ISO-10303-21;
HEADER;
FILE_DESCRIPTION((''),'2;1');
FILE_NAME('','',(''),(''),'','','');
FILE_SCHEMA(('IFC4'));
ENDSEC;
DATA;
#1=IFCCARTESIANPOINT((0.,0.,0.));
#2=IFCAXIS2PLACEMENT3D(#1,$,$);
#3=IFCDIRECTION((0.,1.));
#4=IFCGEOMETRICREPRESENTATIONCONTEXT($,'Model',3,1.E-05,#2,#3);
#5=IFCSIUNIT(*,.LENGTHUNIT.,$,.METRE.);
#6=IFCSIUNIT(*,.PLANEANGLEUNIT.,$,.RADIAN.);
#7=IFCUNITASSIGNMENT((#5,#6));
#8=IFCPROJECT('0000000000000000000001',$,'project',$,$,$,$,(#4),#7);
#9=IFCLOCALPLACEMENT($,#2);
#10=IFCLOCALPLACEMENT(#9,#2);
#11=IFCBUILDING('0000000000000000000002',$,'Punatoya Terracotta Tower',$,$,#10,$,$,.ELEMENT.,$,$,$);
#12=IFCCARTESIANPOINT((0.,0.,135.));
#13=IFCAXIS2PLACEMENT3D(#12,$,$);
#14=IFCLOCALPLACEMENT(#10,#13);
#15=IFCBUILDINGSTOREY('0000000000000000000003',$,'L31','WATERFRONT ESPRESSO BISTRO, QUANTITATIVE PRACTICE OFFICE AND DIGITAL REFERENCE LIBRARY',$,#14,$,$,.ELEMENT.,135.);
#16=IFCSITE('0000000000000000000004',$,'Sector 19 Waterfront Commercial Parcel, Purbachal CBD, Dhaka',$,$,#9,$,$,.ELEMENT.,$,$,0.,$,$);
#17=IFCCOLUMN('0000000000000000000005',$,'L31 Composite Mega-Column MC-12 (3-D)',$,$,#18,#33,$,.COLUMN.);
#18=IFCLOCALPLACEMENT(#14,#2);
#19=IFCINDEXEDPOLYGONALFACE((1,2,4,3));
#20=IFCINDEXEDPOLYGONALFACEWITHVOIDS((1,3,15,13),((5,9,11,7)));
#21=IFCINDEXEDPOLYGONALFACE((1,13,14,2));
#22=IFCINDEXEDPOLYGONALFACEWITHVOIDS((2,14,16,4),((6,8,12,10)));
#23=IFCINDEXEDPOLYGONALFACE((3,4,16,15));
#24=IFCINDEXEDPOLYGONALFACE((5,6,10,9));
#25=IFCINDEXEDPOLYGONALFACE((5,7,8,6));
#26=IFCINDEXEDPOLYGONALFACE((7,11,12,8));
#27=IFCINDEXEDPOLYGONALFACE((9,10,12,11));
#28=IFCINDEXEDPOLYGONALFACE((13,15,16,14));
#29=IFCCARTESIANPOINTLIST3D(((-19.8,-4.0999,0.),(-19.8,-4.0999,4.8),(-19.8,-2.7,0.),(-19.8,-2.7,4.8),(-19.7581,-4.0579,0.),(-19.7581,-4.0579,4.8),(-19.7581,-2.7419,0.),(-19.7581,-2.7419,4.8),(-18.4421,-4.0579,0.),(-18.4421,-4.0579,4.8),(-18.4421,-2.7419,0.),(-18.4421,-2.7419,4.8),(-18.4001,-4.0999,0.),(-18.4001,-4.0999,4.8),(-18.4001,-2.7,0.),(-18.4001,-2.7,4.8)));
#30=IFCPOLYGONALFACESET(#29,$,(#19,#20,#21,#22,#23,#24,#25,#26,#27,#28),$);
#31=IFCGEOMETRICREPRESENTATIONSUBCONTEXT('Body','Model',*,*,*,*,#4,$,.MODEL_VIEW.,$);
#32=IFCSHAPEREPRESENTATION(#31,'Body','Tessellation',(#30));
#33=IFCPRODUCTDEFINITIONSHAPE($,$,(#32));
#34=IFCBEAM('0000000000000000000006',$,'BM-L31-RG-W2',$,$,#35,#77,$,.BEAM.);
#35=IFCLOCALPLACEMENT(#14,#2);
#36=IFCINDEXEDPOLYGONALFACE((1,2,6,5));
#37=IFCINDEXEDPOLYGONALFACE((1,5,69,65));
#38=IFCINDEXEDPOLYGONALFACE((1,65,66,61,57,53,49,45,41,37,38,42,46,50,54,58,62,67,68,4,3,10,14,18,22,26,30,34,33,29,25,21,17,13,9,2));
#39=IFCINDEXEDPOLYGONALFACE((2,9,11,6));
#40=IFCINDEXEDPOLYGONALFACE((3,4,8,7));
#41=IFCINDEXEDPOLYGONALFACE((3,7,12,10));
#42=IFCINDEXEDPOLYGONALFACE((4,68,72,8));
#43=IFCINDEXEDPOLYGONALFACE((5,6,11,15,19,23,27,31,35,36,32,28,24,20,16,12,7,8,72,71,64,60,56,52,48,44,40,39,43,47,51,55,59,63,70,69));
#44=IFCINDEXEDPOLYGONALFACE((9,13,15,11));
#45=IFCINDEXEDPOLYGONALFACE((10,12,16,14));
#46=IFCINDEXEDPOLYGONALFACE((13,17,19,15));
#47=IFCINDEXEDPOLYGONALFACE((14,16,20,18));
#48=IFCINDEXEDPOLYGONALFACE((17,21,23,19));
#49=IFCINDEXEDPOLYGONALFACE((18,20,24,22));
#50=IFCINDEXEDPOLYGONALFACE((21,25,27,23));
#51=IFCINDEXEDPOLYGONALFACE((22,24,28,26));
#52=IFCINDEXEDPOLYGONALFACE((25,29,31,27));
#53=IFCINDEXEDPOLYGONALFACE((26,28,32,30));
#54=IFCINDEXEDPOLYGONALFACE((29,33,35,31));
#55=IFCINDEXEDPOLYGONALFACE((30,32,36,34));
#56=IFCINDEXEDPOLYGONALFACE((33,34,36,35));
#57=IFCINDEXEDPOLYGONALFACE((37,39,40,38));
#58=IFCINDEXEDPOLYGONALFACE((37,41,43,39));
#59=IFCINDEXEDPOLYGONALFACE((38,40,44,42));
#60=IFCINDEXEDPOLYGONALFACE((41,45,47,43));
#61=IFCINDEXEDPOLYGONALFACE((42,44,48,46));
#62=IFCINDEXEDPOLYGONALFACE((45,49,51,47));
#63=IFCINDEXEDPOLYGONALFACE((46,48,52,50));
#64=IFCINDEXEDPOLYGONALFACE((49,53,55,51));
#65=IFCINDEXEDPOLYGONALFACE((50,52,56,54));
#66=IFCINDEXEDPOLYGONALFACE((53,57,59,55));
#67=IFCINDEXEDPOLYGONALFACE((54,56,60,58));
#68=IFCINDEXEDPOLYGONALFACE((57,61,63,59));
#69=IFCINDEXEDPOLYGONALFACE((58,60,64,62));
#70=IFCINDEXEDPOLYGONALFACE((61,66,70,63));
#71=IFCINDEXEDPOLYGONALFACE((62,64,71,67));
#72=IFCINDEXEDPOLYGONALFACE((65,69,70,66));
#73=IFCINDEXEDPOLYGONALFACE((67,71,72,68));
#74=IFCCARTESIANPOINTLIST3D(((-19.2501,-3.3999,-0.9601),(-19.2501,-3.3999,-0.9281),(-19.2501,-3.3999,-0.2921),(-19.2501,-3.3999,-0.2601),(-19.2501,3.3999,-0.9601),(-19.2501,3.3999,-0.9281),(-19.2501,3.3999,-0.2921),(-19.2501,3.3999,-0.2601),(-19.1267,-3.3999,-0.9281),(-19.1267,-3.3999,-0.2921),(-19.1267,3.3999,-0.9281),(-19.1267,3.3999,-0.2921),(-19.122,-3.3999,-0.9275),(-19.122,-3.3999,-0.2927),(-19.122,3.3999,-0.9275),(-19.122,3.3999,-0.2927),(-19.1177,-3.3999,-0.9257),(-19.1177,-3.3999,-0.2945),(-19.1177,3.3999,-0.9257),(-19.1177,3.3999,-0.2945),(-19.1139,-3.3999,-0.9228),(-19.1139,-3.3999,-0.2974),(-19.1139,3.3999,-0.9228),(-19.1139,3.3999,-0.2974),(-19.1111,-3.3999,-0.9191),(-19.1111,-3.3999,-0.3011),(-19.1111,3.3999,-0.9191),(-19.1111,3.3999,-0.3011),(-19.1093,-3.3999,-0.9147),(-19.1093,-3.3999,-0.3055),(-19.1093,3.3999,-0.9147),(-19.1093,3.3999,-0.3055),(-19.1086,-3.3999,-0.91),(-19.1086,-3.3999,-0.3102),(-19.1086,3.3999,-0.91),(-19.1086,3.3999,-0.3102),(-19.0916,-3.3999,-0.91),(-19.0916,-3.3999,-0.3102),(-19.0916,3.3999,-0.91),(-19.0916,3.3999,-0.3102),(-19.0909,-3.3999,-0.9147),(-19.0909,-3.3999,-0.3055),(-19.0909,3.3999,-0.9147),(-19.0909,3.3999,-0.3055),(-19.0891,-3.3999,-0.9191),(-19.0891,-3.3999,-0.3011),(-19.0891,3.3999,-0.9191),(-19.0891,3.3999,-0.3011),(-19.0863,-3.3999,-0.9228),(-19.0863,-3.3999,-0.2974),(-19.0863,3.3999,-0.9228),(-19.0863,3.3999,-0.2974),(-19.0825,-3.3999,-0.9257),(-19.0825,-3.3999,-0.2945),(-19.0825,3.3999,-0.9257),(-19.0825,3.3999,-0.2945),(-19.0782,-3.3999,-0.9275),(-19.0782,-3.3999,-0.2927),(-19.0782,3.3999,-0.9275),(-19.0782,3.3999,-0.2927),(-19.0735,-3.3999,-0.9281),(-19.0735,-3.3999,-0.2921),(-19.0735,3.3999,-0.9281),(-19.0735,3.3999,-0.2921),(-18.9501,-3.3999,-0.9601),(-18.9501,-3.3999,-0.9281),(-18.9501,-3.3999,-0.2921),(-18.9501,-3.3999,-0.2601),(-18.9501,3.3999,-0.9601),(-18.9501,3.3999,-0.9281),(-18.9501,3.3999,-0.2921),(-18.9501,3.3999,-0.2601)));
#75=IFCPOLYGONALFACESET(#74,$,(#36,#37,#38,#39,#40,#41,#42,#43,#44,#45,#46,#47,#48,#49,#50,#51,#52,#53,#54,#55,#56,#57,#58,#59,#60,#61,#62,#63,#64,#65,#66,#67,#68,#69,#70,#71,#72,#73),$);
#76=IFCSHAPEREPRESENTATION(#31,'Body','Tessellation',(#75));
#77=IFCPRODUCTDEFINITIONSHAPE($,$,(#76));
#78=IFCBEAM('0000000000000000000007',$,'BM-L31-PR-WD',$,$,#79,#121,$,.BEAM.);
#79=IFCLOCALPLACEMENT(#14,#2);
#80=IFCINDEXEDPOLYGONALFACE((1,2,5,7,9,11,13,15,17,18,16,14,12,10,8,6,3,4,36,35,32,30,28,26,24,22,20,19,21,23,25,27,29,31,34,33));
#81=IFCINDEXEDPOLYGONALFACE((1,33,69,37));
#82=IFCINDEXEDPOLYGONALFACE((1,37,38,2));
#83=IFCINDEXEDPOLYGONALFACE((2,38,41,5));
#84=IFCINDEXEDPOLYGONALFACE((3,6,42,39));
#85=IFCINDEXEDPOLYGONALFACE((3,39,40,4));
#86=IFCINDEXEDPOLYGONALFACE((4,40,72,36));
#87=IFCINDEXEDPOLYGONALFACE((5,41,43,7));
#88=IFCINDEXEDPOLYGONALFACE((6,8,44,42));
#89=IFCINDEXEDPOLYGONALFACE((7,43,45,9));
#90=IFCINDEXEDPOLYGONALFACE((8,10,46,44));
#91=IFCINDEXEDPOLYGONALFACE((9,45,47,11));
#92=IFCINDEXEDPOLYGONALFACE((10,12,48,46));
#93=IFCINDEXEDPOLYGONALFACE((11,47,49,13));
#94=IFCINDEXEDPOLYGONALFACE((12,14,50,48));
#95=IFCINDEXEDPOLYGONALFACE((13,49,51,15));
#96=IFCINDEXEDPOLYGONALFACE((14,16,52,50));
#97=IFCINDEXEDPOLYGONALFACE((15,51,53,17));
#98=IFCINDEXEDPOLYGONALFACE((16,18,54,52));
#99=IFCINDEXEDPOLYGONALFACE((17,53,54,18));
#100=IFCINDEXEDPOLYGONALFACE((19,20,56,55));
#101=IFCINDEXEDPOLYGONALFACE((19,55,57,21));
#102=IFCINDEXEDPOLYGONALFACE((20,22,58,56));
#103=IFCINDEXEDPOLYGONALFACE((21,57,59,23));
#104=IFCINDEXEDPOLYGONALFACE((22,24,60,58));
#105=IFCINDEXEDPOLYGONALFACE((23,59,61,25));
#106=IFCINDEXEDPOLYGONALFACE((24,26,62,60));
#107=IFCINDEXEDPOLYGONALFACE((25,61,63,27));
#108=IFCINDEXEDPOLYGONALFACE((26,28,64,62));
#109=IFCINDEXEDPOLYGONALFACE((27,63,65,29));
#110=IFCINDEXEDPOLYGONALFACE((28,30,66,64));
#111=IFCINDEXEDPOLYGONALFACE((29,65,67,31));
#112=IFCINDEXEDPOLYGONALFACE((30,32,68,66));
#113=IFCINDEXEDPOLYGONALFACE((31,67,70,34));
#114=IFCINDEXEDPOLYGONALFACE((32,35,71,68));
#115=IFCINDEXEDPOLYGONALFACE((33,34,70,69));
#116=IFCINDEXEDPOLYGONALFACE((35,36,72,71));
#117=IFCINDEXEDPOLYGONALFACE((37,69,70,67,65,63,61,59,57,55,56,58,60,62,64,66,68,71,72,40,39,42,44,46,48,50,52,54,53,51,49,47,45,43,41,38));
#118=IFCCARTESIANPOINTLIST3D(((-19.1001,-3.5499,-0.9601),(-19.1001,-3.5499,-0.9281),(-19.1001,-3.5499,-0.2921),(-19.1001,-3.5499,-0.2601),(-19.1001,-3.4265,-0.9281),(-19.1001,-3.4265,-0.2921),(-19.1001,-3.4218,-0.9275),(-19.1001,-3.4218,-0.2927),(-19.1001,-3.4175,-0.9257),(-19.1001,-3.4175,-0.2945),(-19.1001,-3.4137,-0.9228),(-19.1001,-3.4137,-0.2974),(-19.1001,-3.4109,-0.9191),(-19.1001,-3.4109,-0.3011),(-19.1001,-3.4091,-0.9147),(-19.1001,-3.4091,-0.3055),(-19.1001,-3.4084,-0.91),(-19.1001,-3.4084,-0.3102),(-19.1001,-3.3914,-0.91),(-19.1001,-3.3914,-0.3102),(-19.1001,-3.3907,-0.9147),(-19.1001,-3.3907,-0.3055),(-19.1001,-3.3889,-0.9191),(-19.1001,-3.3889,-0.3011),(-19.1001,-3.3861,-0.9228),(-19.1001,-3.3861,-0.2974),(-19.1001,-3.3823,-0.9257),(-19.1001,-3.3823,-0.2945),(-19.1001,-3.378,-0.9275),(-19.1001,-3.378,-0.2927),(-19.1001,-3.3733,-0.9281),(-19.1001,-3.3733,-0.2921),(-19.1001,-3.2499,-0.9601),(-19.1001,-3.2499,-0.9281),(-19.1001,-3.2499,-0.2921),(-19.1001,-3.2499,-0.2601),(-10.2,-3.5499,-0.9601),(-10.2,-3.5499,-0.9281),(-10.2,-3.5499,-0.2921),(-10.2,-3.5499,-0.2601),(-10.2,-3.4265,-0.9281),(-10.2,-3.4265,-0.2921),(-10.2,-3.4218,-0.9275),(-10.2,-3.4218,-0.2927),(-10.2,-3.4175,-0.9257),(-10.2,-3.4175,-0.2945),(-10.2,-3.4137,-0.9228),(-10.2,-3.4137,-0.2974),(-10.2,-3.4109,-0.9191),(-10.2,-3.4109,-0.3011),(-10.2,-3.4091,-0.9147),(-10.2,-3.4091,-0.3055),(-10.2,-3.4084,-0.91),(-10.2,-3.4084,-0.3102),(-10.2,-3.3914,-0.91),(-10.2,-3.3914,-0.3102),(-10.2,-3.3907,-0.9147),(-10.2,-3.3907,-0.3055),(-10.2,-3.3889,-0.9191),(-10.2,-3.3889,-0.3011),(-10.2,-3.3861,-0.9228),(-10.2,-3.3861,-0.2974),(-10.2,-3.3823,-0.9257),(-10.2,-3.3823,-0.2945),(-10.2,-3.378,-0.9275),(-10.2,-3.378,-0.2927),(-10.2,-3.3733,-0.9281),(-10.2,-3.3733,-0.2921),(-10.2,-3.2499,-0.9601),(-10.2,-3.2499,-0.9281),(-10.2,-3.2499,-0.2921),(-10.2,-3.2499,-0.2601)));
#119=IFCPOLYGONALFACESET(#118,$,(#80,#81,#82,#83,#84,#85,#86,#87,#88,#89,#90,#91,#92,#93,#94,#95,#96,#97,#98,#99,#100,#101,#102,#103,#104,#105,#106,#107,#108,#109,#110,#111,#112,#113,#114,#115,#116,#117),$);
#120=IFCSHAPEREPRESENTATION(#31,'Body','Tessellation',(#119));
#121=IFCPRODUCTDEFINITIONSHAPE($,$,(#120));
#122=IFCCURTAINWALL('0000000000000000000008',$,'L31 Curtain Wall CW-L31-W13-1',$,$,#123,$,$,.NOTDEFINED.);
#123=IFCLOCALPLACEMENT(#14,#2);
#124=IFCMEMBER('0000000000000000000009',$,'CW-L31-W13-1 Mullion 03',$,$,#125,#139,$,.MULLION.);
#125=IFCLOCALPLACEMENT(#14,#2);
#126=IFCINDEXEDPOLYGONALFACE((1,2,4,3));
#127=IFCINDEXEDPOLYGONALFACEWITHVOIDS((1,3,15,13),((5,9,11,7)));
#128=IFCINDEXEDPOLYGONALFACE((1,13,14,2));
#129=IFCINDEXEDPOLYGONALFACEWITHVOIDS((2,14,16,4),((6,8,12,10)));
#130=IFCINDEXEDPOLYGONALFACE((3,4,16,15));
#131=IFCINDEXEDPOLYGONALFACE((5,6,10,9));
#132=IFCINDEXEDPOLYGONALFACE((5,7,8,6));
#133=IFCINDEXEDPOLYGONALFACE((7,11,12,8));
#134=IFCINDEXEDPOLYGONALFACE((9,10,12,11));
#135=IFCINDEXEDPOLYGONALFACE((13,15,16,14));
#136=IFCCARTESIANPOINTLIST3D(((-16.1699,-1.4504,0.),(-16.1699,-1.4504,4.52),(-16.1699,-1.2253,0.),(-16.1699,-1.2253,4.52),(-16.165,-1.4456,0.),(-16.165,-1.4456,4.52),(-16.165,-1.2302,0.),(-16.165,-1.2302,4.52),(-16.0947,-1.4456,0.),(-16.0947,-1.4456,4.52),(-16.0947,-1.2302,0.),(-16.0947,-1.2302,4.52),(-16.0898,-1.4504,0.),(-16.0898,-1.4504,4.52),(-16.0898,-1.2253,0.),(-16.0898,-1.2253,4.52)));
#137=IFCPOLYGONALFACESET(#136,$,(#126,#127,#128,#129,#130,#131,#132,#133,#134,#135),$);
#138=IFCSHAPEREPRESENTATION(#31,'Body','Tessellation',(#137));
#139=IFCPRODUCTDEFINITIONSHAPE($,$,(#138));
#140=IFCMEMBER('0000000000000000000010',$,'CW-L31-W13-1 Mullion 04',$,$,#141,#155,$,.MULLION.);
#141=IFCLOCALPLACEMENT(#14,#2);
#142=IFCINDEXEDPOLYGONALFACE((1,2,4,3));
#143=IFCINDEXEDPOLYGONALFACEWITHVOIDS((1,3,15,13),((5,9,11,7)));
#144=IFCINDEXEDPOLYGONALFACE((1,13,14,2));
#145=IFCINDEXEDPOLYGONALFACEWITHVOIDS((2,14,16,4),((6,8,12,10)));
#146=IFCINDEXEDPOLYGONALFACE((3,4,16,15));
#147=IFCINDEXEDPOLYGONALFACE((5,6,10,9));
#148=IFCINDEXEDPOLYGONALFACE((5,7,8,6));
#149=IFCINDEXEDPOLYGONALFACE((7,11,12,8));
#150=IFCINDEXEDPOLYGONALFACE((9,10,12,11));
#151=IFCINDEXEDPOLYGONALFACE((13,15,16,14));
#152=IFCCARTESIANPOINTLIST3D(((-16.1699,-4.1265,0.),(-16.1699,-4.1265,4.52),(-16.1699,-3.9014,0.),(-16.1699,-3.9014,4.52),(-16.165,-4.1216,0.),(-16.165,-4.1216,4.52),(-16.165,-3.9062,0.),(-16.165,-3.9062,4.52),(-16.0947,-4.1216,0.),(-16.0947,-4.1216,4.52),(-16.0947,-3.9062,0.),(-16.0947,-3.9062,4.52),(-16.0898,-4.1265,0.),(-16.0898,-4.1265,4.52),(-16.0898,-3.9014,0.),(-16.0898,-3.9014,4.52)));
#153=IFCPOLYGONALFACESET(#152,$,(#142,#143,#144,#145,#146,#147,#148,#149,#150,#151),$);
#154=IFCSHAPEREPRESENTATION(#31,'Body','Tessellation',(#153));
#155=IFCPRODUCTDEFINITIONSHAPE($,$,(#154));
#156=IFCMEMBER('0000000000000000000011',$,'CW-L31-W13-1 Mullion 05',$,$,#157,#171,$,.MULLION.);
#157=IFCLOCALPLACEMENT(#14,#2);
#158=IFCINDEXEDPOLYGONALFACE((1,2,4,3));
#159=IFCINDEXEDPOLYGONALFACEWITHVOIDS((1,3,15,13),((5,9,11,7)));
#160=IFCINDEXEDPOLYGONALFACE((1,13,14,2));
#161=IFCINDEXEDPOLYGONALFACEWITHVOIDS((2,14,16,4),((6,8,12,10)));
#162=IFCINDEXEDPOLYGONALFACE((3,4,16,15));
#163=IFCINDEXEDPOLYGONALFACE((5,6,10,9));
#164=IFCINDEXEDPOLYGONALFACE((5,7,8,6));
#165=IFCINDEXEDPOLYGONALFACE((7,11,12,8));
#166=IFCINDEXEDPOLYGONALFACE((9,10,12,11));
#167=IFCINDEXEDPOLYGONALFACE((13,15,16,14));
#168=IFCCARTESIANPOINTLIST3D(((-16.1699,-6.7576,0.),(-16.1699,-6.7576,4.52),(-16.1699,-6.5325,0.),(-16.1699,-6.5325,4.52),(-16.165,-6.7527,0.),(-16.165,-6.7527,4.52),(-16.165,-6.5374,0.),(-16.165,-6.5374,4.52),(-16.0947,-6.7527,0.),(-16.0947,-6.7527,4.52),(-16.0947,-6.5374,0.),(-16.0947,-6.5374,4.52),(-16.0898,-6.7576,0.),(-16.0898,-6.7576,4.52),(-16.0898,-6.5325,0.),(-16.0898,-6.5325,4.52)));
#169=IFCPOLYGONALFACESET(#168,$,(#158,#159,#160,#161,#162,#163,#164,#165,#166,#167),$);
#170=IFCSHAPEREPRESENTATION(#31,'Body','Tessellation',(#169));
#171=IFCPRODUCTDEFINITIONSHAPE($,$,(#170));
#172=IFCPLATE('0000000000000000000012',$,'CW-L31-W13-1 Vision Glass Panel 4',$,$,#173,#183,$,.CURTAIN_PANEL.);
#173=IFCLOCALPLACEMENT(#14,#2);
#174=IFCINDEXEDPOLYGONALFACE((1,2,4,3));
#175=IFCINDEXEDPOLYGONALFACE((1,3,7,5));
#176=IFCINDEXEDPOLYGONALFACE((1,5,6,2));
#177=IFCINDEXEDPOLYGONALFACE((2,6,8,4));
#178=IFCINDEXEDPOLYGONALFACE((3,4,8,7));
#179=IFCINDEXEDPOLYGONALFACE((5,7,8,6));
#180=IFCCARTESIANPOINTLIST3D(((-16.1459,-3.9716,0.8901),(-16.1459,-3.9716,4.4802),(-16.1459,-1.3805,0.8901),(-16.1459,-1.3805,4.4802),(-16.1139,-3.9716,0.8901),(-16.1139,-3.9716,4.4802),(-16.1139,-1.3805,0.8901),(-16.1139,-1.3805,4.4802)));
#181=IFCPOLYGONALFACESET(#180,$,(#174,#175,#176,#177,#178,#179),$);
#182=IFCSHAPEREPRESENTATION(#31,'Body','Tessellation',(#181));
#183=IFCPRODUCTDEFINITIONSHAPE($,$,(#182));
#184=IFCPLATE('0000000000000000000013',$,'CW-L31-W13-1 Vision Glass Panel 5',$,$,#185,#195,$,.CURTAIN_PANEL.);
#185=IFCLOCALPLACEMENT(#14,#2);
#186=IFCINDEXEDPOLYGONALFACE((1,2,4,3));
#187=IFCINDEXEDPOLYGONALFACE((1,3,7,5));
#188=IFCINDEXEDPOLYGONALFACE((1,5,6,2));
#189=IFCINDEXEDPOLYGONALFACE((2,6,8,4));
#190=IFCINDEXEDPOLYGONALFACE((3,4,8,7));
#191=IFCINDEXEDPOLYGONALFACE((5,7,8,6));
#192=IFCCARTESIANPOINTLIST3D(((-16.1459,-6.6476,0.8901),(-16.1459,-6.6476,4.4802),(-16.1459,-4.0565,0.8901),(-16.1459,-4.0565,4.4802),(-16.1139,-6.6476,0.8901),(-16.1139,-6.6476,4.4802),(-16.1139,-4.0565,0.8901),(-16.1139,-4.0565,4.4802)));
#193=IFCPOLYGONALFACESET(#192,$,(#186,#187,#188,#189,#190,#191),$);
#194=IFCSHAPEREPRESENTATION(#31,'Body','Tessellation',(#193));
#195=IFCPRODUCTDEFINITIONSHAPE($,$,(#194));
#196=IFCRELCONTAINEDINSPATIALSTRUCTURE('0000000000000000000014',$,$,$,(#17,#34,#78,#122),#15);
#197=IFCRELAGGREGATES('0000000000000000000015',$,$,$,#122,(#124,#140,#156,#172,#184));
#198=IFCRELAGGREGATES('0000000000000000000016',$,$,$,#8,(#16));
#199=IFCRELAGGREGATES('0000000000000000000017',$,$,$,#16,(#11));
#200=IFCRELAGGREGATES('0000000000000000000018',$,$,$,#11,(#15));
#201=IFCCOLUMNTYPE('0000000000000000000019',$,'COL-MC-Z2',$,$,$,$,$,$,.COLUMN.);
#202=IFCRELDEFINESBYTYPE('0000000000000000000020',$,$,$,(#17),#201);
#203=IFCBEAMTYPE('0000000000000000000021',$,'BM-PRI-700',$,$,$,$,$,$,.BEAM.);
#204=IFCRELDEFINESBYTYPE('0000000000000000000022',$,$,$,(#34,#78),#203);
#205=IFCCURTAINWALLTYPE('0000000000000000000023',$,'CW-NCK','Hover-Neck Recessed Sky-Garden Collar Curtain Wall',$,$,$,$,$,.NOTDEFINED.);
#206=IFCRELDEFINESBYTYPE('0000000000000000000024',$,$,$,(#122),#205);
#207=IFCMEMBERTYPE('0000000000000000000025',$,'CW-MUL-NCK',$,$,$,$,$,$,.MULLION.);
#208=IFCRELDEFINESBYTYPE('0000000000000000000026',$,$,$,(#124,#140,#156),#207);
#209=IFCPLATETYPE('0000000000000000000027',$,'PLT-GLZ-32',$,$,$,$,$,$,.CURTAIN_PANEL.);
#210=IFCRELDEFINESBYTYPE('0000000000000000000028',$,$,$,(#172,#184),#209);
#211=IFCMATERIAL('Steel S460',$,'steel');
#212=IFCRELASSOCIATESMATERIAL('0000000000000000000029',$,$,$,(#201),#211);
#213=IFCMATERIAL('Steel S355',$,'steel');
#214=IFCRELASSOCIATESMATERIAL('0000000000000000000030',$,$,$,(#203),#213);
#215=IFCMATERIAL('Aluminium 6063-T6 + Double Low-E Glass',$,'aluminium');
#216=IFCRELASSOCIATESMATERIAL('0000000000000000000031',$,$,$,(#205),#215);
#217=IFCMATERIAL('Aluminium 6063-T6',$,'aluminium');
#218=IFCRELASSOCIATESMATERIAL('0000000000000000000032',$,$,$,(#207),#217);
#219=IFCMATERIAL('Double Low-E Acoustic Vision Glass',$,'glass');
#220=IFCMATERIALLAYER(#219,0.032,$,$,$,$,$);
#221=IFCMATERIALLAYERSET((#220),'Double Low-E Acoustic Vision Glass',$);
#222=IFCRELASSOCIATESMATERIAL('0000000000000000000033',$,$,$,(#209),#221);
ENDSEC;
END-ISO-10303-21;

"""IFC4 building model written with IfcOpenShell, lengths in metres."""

from ifc_helpers import new_model, si_unit, direction, frame, origin, origin_2d, place, context, subcontext, project, spatial, rectangle, hollow_rectangle, i_section, extrude, material, layer, layer_set, material_profile, profile_set, type_object, element, aggregate, save


model = new_model("IFC4")

# Units and contexts
model_context = context("Model", 3, precision=1e-05, world=origin(), true_north=direction((0.0, 1.0)))
body_context = subcontext(model_context, "Body", "Model", "MODEL_VIEW")
ifc_project = project(units=[si_unit("LENGTHUNIT", "METRE"), si_unit("PLANEANGLEUNIT", "RADIAN")], contexts=[model_context])

# Site, building, storey
site_placement = place(None, origin())
site = spatial("IfcSite", under=ifc_project, at=site_placement, Name="Sector 19 Waterfront Commercial Parcel, Purbachal CBD, Dhaka", CompositionType="ELEMENT", RefElevation=0.0)
building_placement = place(site_placement, origin())
building = spatial("IfcBuilding", under=site, at=building_placement, Name="Punatoya Terracotta Tower", CompositionType="ELEMENT")
storey_placement = place(building_placement, frame((0.0, 0.0, 135.0)))
storey = spatial("IfcBuildingStorey", under=building, at=storey_placement, Name="L31", Description="WATERFRONT ESPRESSO BISTRO, QUANTITATIVE PRACTICE OFFICE AND DIGITAL REFERENCE LIBRARY", CompositionType="ELEMENT", Elevation=135.0)

# Column
ifc_material_1 = material(Name="Steel S460", Category="steel")
ifc_material_profile_1 = material_profile(ifc_material_1, hollow_rectangle(XDim=1.3999, YDim=1.3999, WallThickness=0.042, at=origin_2d()))
ifc_profile_set_1 = profile_set([ifc_material_profile_1], Name="Steel S460")
column_type = type_object("IfcColumnType", Name="COL-MC-Z2", PredefinedType="COLUMN", material=ifc_profile_set_1)
column_placement = place(storey_placement, frame((-19.1001, -3.3999, 0.0), z_axis=(0.0, 0.0, 1.0), x_axis=(1.0, 0.0, 0.0)))
element("IfcColumn", 1, at=column_placement, inside=storey, type_object=column_type, Name="L31 Composite Mega-Column MC-12 (3-D)", PredefinedType="COLUMN", context=body_context, shape_type="SweptSolid", body=[
    extrude(hollow_rectangle(XDim=1.3999, YDim=1.3999, WallThickness=0.042, at=origin_2d()), origin(), (0.0, 0.0, 1.0), 4.8),
])

# Beams
ifc_material_2 = material(Name="Steel S355", Category="steel")
ifc_material_profile_2 = material_profile(ifc_material_2, i_section(OverallWidth=0.3, OverallDepth=0.7, WebThickness=0.0171, FlangeThickness=0.032, FilletRadius=0.0181, at=origin_2d()))
ifc_profile_set_2 = profile_set([ifc_material_profile_2], Name="Steel S355")
beam_type = type_object("IfcBeamType", Name="BM-PRI-700", PredefinedType="BEAM", material=ifc_profile_set_2)
beam_1_placement = place(storey_placement, frame((-19.1001, -3.3999, -0.6101), z_axis=(0.0, 1.0, 0.0), x_axis=(-1.0, 0.0, 0.0)))
element("IfcBeam", 2, at=beam_1_placement, inside=storey, type_object=beam_type, Name="BM-L31-RG-W2", PredefinedType="BEAM", context=body_context, shape_type="SweptSolid", body=[
    extrude(i_section(OverallWidth=0.3, OverallDepth=0.7, WebThickness=0.0171, FlangeThickness=0.032, FilletRadius=0.0181, at=origin_2d()), origin(), (0.0, 0.0, 1.0), 6.7998),
])
beam_2_placement = place(storey_placement, frame((-19.1001, -3.3999, -0.6101), z_axis=(1.0, 0.0, 0.0), x_axis=(0.0, 1.0, 0.0)))
element("IfcBeam", 3, at=beam_2_placement, inside=storey, type_object=beam_type, Name="BM-L31-PR-WD", PredefinedType="BEAM", context=body_context, shape_type="SweptSolid", body=[
    extrude(i_section(OverallWidth=0.3, OverallDepth=0.7, WebThickness=0.0171, FlangeThickness=0.032, FilletRadius=0.0181, at=origin_2d()), origin(), (0.0, 0.0, 1.0), 8.9001),
])

# Curtain wall, members, plates
ifc_material_3 = material(Name="Aluminium 6063-T6 + Double Low-E Glass", Category="aluminium")
curtain_wall_type = type_object("IfcCurtainWallType", Name="CW-NCK", Description="Hover-Neck Recessed Sky-Garden Collar Curtain Wall", PredefinedType="NOTDEFINED", material=ifc_material_3)
curtain_wall_placement = place(storey_placement, origin())
curtain_wall = element("IfcCurtainWall", 4, at=curtain_wall_placement, inside=storey, type_object=curtain_wall_type, Name="L31 Curtain Wall CW-L31-W13-1", PredefinedType="NOTDEFINED")
ifc_material_4 = material(Name="Aluminium 6063-T6", Category="aluminium")
ifc_material_profile_3 = material_profile(ifc_material_4, hollow_rectangle(XDim=0.0801, YDim=0.2251, WallThickness=0.0049, at=origin_2d()))
ifc_profile_set_3 = profile_set([ifc_material_profile_3], Name="Aluminium 6063-T6")
member_type = type_object("IfcMemberType", Name="CW-MUL-NCK", PredefinedType="MULLION", material=ifc_profile_set_3)
member_1_placement = place(storey_placement, frame((-16.1299, -1.3379, 0.0), z_axis=(0.0, 0.0, 1.0), x_axis=(1.0, 0.0, 0.0)))
member_1 = element("IfcMember", 5, at=member_1_placement, type_object=member_type, Name="CW-L31-W13-1 Mullion 03", PredefinedType="MULLION", context=body_context, shape_type="SweptSolid", body=[
    extrude(hollow_rectangle(XDim=0.0801, YDim=0.2251, WallThickness=0.0049, at=origin_2d()), origin(), (0.0, 0.0, 1.0), 4.52),
])
member_2_placement = place(storey_placement, frame((-16.1299, -4.0139, 0.0), z_axis=(0.0, 0.0, 1.0), x_axis=(1.0, 0.0, 0.0)))
member_2 = element("IfcMember", 6, at=member_2_placement, type_object=member_type, Name="CW-L31-W13-1 Mullion 04", PredefinedType="MULLION", context=body_context, shape_type="SweptSolid", body=[
    extrude(hollow_rectangle(XDim=0.0801, YDim=0.2251, WallThickness=0.0049, at=origin_2d()), origin(), (0.0, 0.0, 1.0), 4.52),
])
member_3_placement = place(storey_placement, frame((-16.1299, -6.645, 0.0), z_axis=(0.0, 0.0, 1.0), x_axis=(1.0, 0.0, 0.0)))
member_3 = element("IfcMember", 7, at=member_3_placement, type_object=member_type, Name="CW-L31-W13-1 Mullion 05", PredefinedType="MULLION", context=body_context, shape_type="SweptSolid", body=[
    extrude(hollow_rectangle(XDim=0.0801, YDim=0.2251, WallThickness=0.0049, at=origin_2d()), origin(), (0.0, 0.0, 1.0), 4.52),
])
ifc_material_5 = material(Name="Double Low-E Acoustic Vision Glass", Category="glass")
ifc_layer_1 = layer(ifc_material_5, 0.032)
ifc_layer_set_1 = layer_set([ifc_layer_1], Name="Double Low-E Acoustic Vision Glass")
plate_type_1 = type_object("IfcPlateType", Name="PLT-GLZ-32", PredefinedType="CURTAIN_PANEL", material=ifc_layer_set_1)
plate_1_placement = place(storey_placement, frame((-16.1299, -2.676, 0.8901), z_axis=(0.0, 0.0, 1.0), x_axis=(0.0, -1.0, 0.0)))
plate_1 = element("IfcPlate", 8, at=plate_1_placement, type_object=plate_type_1, Name="CW-L31-W13-1 Vision Glass Panel 4", PredefinedType="CURTAIN_PANEL", context=body_context, shape_type="SweptSolid", body=[
    extrude(rectangle(XDim=2.5911, YDim=0.032, at=origin_2d()), origin(), (0.0, 0.0, 1.0), 3.5901),
])
plate_2_placement = place(storey_placement, frame((-16.1299, -5.3521, 0.8901), z_axis=(0.0, 0.0, 1.0), x_axis=(0.0, -1.0, 0.0)))
plate_2 = element("IfcPlate", 9, at=plate_2_placement, type_object=plate_type_1, Name="CW-L31-W13-1 Vision Glass Panel 5", PredefinedType="CURTAIN_PANEL", context=body_context, shape_type="SweptSolid", body=[
    extrude(rectangle(XDim=2.5911, YDim=0.032, at=origin_2d()), origin(), (0.0, 0.0, 1.0), 3.5901),
])
aggregate(curtain_wall, [member_1, member_2, member_3, plate_1, plate_2])

save(model, "model.ifc")
